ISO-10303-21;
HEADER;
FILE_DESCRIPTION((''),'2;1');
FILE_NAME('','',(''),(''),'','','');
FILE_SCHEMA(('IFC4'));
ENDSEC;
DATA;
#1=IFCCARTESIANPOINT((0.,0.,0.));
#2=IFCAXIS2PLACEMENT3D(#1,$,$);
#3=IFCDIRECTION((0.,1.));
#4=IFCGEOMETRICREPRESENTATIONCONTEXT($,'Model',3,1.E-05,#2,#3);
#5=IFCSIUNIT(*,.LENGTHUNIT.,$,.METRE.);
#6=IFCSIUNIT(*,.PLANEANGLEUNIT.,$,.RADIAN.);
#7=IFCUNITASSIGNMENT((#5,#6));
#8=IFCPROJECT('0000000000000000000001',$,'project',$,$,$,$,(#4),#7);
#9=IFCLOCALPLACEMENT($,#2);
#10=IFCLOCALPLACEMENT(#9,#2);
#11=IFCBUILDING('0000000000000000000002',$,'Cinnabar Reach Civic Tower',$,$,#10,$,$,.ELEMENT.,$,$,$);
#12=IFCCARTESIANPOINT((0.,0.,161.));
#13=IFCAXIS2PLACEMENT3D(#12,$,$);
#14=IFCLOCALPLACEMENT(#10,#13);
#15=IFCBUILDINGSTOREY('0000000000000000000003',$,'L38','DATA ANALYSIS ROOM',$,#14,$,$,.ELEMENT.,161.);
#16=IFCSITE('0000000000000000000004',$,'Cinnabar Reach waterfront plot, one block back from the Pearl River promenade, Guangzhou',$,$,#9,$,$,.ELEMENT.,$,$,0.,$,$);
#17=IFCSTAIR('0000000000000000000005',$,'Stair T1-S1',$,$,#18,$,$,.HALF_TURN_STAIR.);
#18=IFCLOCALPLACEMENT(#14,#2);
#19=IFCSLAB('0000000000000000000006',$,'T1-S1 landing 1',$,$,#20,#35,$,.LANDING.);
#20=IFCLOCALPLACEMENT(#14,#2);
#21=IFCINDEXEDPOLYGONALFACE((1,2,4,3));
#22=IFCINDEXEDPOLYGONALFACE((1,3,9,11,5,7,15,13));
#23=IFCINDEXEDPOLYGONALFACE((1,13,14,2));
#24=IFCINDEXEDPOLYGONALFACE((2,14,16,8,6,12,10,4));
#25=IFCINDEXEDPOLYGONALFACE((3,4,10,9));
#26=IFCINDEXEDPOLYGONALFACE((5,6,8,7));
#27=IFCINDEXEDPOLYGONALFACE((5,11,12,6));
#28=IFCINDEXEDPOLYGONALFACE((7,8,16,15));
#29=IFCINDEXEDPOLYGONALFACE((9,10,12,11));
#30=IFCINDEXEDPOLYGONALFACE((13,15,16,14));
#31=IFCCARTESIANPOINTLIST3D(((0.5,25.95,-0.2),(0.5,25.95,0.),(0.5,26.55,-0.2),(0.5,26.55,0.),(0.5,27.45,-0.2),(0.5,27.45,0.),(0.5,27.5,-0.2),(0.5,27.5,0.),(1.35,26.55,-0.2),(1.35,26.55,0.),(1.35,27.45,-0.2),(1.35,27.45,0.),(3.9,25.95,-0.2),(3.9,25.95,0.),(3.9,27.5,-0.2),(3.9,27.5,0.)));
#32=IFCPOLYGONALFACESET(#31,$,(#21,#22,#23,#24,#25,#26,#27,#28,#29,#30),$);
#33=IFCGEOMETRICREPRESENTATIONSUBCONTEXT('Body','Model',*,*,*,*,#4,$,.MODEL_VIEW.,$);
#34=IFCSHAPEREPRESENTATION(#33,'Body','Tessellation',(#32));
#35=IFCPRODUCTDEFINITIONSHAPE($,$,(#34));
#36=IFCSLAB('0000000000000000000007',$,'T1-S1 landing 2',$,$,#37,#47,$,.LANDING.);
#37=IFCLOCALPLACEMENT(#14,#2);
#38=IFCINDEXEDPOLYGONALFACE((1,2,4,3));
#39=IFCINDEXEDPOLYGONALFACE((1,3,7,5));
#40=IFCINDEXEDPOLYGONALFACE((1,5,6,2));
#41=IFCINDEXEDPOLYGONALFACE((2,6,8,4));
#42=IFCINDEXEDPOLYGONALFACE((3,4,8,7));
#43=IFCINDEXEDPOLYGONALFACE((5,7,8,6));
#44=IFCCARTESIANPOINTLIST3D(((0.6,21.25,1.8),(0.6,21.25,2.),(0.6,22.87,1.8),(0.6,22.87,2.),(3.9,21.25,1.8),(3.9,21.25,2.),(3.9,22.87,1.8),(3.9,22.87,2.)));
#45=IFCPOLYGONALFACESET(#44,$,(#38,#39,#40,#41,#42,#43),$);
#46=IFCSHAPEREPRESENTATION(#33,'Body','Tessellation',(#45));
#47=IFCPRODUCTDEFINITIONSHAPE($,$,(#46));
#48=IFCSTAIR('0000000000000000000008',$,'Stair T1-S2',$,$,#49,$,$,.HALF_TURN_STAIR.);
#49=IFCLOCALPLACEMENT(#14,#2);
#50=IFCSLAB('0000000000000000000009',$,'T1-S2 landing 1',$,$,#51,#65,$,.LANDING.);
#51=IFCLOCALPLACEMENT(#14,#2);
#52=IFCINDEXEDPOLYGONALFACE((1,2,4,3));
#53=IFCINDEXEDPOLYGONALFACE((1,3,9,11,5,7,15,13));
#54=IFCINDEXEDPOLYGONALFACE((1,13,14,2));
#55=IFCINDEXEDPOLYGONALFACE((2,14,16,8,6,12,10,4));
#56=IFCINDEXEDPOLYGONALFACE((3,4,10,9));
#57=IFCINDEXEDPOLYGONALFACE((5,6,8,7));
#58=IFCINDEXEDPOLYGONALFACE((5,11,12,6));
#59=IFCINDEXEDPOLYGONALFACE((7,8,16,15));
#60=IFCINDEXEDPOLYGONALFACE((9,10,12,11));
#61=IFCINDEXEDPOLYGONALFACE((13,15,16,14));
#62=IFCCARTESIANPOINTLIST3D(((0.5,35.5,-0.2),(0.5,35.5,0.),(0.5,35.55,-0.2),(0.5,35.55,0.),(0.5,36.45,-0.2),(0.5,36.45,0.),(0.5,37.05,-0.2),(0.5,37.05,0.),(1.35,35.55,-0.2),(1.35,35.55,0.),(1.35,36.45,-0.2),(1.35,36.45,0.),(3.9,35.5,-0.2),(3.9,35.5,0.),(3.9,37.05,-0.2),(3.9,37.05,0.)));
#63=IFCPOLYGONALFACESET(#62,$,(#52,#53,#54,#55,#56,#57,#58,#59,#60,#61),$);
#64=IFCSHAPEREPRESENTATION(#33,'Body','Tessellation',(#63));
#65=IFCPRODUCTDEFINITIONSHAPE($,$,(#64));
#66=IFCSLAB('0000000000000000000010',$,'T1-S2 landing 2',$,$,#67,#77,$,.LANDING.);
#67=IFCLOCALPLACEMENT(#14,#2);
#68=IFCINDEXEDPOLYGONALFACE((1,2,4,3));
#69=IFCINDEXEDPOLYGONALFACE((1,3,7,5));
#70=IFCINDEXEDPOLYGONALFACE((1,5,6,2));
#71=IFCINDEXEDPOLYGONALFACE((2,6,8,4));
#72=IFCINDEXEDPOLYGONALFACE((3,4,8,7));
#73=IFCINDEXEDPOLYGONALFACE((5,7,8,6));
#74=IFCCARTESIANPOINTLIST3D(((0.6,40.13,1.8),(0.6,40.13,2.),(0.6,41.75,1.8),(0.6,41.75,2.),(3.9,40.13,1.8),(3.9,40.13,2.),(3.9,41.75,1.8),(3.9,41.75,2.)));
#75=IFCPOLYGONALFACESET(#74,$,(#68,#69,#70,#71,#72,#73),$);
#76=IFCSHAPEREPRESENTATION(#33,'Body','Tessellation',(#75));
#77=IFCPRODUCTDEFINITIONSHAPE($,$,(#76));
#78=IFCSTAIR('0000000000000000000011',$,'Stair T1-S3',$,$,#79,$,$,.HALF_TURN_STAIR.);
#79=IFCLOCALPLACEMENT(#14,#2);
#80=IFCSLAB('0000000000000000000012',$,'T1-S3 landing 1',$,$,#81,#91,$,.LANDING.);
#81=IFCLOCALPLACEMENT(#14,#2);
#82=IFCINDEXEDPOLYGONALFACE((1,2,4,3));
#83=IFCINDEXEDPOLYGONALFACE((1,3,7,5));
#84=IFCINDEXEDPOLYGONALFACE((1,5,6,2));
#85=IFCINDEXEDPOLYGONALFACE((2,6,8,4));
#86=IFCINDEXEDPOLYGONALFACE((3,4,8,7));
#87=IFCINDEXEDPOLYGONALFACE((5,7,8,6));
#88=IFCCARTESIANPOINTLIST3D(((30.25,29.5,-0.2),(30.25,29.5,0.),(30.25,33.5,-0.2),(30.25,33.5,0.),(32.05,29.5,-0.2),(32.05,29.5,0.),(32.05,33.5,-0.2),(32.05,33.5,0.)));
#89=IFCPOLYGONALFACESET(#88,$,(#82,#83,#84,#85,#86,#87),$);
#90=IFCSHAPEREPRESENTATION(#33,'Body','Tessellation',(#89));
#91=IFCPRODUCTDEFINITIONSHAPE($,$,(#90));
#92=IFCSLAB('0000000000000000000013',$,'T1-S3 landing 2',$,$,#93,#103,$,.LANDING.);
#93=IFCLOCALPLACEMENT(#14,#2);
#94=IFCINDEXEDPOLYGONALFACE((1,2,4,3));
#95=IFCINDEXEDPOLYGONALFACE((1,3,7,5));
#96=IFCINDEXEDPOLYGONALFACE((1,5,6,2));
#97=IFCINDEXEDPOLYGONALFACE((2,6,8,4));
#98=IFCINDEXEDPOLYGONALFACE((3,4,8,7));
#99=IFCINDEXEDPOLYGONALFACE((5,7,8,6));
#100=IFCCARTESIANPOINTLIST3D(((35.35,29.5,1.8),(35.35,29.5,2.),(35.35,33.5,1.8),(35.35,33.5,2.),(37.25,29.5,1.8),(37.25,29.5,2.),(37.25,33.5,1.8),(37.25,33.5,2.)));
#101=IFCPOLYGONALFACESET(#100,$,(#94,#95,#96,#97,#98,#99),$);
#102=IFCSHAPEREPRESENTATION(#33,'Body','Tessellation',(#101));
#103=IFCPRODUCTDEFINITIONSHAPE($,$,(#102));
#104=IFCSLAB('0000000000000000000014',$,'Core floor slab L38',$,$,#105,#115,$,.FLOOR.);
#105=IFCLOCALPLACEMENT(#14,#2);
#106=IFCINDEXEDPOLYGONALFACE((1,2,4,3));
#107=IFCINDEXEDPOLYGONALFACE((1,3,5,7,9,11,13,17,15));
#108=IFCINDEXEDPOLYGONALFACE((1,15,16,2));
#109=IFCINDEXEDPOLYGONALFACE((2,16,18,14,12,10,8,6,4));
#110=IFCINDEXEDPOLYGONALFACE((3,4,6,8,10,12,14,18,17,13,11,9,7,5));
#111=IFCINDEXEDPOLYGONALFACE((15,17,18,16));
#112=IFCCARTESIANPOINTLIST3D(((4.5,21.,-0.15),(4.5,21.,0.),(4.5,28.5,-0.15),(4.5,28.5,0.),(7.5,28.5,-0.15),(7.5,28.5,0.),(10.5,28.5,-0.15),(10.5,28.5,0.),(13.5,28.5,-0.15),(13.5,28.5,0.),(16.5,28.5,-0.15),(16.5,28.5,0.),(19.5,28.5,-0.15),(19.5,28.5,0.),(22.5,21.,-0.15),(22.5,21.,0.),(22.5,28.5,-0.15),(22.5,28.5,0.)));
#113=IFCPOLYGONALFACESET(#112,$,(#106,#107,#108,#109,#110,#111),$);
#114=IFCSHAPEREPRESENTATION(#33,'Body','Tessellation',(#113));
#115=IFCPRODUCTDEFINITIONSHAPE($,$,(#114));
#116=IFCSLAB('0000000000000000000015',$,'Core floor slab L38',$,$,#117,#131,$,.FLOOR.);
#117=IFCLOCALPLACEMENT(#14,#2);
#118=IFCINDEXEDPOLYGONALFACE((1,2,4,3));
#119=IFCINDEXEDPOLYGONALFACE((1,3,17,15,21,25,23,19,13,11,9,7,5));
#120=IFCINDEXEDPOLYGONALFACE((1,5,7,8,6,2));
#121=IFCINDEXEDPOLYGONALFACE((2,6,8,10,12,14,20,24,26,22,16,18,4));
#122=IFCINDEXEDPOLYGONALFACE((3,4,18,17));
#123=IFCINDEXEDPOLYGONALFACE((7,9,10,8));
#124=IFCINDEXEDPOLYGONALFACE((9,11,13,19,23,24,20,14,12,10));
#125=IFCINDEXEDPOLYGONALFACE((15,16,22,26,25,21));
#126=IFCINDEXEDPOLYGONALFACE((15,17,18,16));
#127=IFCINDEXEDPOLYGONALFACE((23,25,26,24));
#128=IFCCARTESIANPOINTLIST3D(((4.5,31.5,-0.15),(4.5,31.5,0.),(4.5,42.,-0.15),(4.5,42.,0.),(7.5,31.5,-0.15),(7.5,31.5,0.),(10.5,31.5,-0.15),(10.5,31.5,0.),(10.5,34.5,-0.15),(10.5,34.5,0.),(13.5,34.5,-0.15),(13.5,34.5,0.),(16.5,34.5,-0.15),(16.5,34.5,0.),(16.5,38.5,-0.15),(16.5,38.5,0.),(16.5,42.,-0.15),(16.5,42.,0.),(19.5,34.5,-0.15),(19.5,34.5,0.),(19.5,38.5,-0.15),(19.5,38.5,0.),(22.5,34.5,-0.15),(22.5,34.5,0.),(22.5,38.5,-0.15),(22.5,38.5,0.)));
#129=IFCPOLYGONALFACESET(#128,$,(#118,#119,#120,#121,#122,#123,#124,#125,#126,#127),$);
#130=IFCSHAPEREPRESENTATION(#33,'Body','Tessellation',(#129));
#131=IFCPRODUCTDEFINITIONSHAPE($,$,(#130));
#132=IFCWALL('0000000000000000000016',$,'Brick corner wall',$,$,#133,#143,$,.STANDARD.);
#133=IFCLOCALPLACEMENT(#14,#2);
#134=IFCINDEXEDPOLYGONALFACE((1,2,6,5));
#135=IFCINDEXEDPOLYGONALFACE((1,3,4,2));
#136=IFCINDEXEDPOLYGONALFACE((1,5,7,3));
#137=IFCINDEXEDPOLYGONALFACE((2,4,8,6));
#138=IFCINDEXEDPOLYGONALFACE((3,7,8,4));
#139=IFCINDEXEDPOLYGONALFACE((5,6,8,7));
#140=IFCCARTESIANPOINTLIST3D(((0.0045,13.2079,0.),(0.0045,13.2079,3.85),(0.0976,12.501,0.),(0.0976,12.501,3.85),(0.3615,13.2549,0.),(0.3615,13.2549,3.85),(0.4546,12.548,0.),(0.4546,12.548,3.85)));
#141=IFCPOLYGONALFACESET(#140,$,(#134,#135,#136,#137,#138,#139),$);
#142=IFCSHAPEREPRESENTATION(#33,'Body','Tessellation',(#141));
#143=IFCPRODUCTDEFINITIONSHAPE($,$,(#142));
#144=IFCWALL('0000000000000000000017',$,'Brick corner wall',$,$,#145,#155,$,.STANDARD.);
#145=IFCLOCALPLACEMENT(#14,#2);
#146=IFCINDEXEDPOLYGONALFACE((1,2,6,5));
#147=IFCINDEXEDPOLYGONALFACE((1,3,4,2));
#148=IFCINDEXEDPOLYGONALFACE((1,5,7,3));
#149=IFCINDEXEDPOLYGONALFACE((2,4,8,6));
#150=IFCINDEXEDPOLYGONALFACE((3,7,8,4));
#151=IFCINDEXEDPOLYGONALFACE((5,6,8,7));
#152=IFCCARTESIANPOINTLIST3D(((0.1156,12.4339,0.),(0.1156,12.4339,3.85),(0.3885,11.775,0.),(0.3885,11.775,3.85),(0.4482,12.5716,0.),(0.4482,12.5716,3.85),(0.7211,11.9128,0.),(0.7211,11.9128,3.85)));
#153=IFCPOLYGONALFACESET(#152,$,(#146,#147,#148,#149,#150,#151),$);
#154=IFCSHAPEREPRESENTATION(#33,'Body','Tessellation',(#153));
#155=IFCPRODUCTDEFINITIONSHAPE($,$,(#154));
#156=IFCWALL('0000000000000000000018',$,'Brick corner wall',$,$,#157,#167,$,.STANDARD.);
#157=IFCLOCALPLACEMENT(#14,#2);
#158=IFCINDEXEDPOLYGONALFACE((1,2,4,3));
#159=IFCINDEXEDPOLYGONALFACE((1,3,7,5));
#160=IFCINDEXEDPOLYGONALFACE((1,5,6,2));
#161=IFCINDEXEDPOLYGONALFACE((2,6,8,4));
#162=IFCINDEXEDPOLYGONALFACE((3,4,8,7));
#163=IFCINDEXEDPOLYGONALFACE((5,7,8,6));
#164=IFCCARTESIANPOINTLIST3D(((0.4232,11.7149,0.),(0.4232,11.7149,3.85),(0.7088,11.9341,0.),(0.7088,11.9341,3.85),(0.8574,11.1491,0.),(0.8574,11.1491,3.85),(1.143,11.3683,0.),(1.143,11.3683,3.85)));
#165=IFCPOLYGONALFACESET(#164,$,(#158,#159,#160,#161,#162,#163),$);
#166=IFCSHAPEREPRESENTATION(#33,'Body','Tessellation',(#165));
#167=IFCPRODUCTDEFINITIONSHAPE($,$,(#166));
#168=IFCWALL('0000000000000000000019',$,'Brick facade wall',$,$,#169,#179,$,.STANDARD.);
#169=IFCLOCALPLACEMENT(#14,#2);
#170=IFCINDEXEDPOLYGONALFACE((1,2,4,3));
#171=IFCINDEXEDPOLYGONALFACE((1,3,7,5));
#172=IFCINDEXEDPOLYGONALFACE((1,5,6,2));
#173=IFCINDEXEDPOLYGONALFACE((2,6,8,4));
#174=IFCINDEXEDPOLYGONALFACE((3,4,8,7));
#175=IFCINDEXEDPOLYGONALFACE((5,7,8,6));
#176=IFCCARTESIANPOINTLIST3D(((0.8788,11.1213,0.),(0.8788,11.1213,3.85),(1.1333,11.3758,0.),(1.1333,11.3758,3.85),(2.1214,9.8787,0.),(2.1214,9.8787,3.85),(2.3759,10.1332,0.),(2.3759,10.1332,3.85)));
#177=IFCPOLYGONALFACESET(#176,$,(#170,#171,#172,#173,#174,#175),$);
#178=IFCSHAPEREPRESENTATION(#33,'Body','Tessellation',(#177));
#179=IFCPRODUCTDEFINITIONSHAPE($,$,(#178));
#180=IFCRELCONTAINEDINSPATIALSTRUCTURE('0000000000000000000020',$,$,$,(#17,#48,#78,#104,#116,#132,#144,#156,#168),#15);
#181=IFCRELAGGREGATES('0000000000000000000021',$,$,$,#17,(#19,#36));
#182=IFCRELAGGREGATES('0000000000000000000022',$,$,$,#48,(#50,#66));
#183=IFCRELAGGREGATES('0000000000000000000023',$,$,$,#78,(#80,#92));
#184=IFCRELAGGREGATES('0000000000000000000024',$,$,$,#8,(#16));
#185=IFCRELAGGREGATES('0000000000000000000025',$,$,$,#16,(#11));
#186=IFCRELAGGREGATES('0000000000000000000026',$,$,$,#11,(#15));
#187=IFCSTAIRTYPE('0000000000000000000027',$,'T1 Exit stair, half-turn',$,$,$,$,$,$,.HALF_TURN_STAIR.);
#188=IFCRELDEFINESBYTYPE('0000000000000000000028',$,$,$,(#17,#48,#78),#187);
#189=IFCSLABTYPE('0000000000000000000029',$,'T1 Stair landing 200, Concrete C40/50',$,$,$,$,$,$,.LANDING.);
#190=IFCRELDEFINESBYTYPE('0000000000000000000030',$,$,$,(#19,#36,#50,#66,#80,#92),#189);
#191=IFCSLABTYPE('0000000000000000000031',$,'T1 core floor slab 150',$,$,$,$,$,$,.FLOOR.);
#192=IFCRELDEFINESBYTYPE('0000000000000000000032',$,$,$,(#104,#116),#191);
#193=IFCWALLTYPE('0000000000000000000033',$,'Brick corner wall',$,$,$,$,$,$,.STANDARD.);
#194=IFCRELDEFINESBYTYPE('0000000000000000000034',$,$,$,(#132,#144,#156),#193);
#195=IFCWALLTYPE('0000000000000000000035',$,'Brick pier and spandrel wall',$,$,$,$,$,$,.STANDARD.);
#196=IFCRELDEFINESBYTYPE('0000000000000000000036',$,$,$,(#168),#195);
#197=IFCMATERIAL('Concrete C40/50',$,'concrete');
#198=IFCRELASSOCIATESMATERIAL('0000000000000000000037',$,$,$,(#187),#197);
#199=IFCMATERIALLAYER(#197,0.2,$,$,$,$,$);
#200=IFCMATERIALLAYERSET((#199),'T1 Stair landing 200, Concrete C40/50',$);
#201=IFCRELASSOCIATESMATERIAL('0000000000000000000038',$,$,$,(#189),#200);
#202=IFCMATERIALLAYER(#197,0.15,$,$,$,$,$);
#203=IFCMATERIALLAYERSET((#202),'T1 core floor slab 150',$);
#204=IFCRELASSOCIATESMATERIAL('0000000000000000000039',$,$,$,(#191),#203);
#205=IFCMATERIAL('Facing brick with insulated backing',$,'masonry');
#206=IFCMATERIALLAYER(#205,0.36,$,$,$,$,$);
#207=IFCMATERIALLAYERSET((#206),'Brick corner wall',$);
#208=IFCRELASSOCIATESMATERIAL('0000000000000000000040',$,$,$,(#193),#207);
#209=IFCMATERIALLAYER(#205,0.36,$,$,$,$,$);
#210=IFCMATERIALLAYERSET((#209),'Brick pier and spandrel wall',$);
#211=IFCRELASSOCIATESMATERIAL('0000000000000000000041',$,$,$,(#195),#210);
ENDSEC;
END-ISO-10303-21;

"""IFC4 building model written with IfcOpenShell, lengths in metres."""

from ifc_helpers import new_model, si_unit, direction, frame, frame_2d, origin, place, context, subcontext, project, spatial, polyline, rectangle, outline, extrude, material, layer, layer_set, type_object, element, aggregate, save


model = new_model("IFC4")

# Units and contexts
model_context = context("Model", 3, precision=1e-05, world=origin(), true_north=direction((0.0, 1.0)))
body_context = subcontext(model_context, "Body", "Model", "MODEL_VIEW")
ifc_project = project(units=[si_unit("LENGTHUNIT", "METRE"), si_unit("PLANEANGLEUNIT", "RADIAN")], contexts=[model_context])

# Site, building, storey
site_placement = place(None, origin())
site = spatial("IfcSite", under=ifc_project, at=site_placement, Name="Cinnabar Reach waterfront plot, one block back from the Pearl River promenade, Guangzhou", CompositionType="ELEMENT", RefElevation=0.0)
building_placement = place(site_placement, origin())
building = spatial("IfcBuilding", under=site, at=building_placement, Name="Cinnabar Reach Civic Tower", CompositionType="ELEMENT")
storey_placement = place(building_placement, frame((0.0, 0.0, 161.0)))
storey = spatial("IfcBuildingStorey", under=building, at=storey_placement, Name="L38", Description="DATA ANALYSIS ROOM", CompositionType="ELEMENT", Elevation=161.0)

# Stairs, slabs
ifc_material_1 = material(Name="Concrete C40/50", Category="concrete")
stair_type = type_object("IfcStairType", Name="T1 Exit stair, half-turn", PredefinedType="HALF_TURN_STAIR", material=ifc_material_1)
stair_1_placement = place(storey_placement, origin())
stair_1 = element("IfcStair", 1, at=stair_1_placement, inside=storey, type_object=stair_type, Name="Stair T1-S1", PredefinedType="HALF_TURN_STAIR")
ifc_layer_1 = layer(ifc_material_1, 0.2)
ifc_layer_set_1 = layer_set([ifc_layer_1], Name="T1 Stair landing 200, Concrete C40/50")
slab_type_1 = type_object("IfcSlabType", Name="T1 Stair landing 200, Concrete C40/50", PredefinedType="LANDING", material=ifc_layer_set_1)
slab_1_placement = place(storey_placement, frame((0.0, 0.0, -0.2)))
slab_1 = element("IfcSlab", 2, at=slab_1_placement, type_object=slab_type_1, Name="T1-S1 landing 1", PredefinedType="LANDING", context=body_context, shape_type="SweptSolid", body=[
    extrude(outline(polyline([(0.5, 27.5), (3.9, 27.5), (3.9, 25.95), (0.5, 25.95), (0.5, 26.55), (1.35, 26.55), (1.35, 27.45), (0.5, 27.45), (0.5, 27.5)])), origin(), (0.0, 0.0, 1.0), 0.2),
])
slab_2_placement = place(storey_placement, frame((0.0, 0.0, 1.8)))
slab_2 = element("IfcSlab", 3, at=slab_2_placement, type_object=slab_type_1, Name="T1-S1 landing 2", PredefinedType="LANDING", context=body_context, shape_type="SweptSolid", body=[
    extrude(outline(polyline([(0.6, 21.25), (0.6, 22.87), (3.9, 22.87), (3.9, 21.25), (0.6, 21.25)])), origin(), (0.0, 0.0, 1.0), 0.2),
])
aggregate(stair_1, [slab_1, slab_2])
stair_2_placement = place(storey_placement, origin())
stair_2 = element("IfcStair", 4, at=stair_2_placement, inside=storey, type_object=stair_type, Name="Stair T1-S2", PredefinedType="HALF_TURN_STAIR")
slab_3_placement = place(storey_placement, frame((0.0, 0.0, -0.2)))
slab_3 = element("IfcSlab", 5, at=slab_3_placement, type_object=slab_type_1, Name="T1-S2 landing 1", PredefinedType="LANDING", context=body_context, shape_type="SweptSolid", body=[
    extrude(outline(polyline([(0.5, 37.05), (3.9, 37.05), (3.9, 35.5), (0.5, 35.5), (0.5, 35.55), (1.35, 35.55), (1.35, 36.45), (0.5, 36.45), (0.5, 37.05)])), origin(), (0.0, 0.0, 1.0), 0.2),
])
slab_4_placement = place(storey_placement, frame((0.0, 0.0, 1.8)))
slab_4 = element("IfcSlab", 6, at=slab_4_placement, type_object=slab_type_1, Name="T1-S2 landing 2", PredefinedType="LANDING", context=body_context, shape_type="SweptSolid", body=[
    extrude(outline(polyline([(0.6, 40.13), (0.6, 41.75), (3.9, 41.75), (3.9, 40.13), (0.6, 40.13)])), origin(), (0.0, 0.0, 1.0), 0.2),
])
aggregate(stair_2, [slab_3, slab_4])
stair_3_placement = place(storey_placement, origin())
stair_3 = element("IfcStair", 7, at=stair_3_placement, inside=storey, type_object=stair_type, Name="Stair T1-S3", PredefinedType="HALF_TURN_STAIR")
slab_5_placement = place(storey_placement, frame((0.0, 0.0, -0.2)))
slab_5 = element("IfcSlab", 8, at=slab_5_placement, type_object=slab_type_1, Name="T1-S3 landing 1", PredefinedType="LANDING", context=body_context, shape_type="SweptSolid", body=[
    extrude(outline(polyline([(30.25, 29.5), (32.05, 29.5), (32.05, 33.5), (30.25, 33.5), (30.25, 29.5)])), origin(), (0.0, 0.0, 1.0), 0.2),
])
slab_6_placement = place(storey_placement, frame((0.0, 0.0, 1.8)))
slab_6 = element("IfcSlab", 9, at=slab_6_placement, type_object=slab_type_1, Name="T1-S3 landing 2", PredefinedType="LANDING", context=body_context, shape_type="SweptSolid", body=[
    extrude(outline(polyline([(35.35, 29.5), (37.25, 29.5), (37.25, 33.5), (35.35, 33.5), (35.35, 29.5)])), origin(), (0.0, 0.0, 1.0), 0.2),
])
aggregate(stair_3, [slab_5, slab_6])

# Slabs
ifc_layer_2 = layer(ifc_material_1, 0.15)
ifc_layer_set_2 = layer_set([ifc_layer_2], Name="T1 core floor slab 150")
slab_type_2 = type_object("IfcSlabType", Name="T1 core floor slab 150", PredefinedType="FLOOR", material=ifc_layer_set_2)
slab_7_placement = place(storey_placement, frame((0.0, 0.0, -0.15)))
element("IfcSlab", 10, at=slab_7_placement, inside=storey, type_object=slab_type_2, Name="Core floor slab L38", PredefinedType="FLOOR", context=body_context, shape_type="SweptSolid", body=[
    extrude(outline(polyline([(22.5, 21.0), (4.5, 21.0), (4.5, 28.5), (7.5, 28.5), (10.5, 28.5), (13.5, 28.5), (16.5, 28.5), (19.5, 28.5), (22.5, 28.5), (22.5, 21.0)])), origin(), (0.0, 0.0, 1.0), 0.15),
])
slab_8_placement = place(storey_placement, frame((0.0, 0.0, -0.15)))
element("IfcSlab", 11, at=slab_8_placement, inside=storey, type_object=slab_type_2, Name="Core floor slab L38", PredefinedType="FLOOR", context=body_context, shape_type="SweptSolid", body=[
    extrude(outline(polyline([(22.5, 34.5), (19.5, 34.5), (16.5, 34.5), (13.5, 34.5), (10.5, 34.5), (10.5, 31.5), (7.5, 31.5), (4.5, 31.5), (4.5, 42.0), (16.5, 42.0), (16.5, 38.5), (19.5, 38.5), (22.5, 38.5), (22.5, 34.5)])), origin(), (0.0, 0.0, 1.0), 0.15),
])

# Walls
ifc_material_2 = material(Name="Facing brick with insulated backing", Category="masonry")
ifc_layer_3 = layer(ifc_material_2, 0.36)
ifc_layer_set_3 = layer_set([ifc_layer_3], Name="Brick corner wall")
wall_type_1 = type_object("IfcWallType", Name="Brick corner wall", PredefinedType="STANDARD", material=ifc_layer_set_3)
for number, where, z_axis, x_axis, name in (
    (12, (0.183, 13.2314, 0.0), (0.0, 0.0, 1.0), (0.130556, -0.991441, 0.0), "Brick corner wall"),
    (13, (0.2819, 12.5027, 0.0), (0.0, 0.0, 1.0), (0.382703, -0.923872, 0.0), "Brick corner wall"),
):
    element("IfcWall", number, at=place(storey_placement, frame(where, z_axis=z_axis, x_axis=x_axis)), inside=storey, type_object=wall_type_1, Name=name, PredefinedType="STANDARD", context=body_context, shape_type="SweptSolid", body=[
        extrude(rectangle(XDim=0.7131, YDim=0.36, at=frame_2d((0.3565, 0.0))), origin(), (0.0, 0.0, 1.0), 3.85),
    ])
wall_1_placement = place(storey_placement, frame((0.566, 11.8245, 0.0), z_axis=(0.0, 0.0, 1.0), x_axis=(0.608802, -0.793322, 0.0)))
element("IfcWall", 14, at=wall_1_placement, inside=storey, type_object=wall_type_1, Name="Brick corner wall", PredefinedType="STANDARD", context=body_context, shape_type="SweptSolid", body=[
    extrude(rectangle(XDim=0.7132, YDim=0.36, at=frame_2d((0.3566, 0.0))), origin(), (0.0, 0.0, 1.0), 3.85),
])
ifc_layer_4 = layer(ifc_material_2, 0.36)
ifc_layer_set_4 = layer_set([ifc_layer_4], Name="Brick pier and spandrel wall")
wall_type_2 = type_object("IfcWallType", Name="Brick pier and spandrel wall", PredefinedType="STANDARD", material=ifc_layer_set_4)
wall_2_placement = place(storey_placement, frame((1.006, 11.2486, 0.0), z_axis=(0.0, 0.0, 1.0), x_axis=(0.707107, -0.707107, 0.0)))
element("IfcWall", 15, at=wall_2_placement, inside=storey, type_object=wall_type_2, Name="Brick facade wall", PredefinedType="STANDARD", context=body_context, shape_type="SweptSolid", body=[
    extrude(rectangle(XDim=1.7573, YDim=0.36, at=frame_2d((0.8787, 0.0))), origin(), (0.0, 0.0, 1.0), 3.85),
])

save(model, "model.ifc")
